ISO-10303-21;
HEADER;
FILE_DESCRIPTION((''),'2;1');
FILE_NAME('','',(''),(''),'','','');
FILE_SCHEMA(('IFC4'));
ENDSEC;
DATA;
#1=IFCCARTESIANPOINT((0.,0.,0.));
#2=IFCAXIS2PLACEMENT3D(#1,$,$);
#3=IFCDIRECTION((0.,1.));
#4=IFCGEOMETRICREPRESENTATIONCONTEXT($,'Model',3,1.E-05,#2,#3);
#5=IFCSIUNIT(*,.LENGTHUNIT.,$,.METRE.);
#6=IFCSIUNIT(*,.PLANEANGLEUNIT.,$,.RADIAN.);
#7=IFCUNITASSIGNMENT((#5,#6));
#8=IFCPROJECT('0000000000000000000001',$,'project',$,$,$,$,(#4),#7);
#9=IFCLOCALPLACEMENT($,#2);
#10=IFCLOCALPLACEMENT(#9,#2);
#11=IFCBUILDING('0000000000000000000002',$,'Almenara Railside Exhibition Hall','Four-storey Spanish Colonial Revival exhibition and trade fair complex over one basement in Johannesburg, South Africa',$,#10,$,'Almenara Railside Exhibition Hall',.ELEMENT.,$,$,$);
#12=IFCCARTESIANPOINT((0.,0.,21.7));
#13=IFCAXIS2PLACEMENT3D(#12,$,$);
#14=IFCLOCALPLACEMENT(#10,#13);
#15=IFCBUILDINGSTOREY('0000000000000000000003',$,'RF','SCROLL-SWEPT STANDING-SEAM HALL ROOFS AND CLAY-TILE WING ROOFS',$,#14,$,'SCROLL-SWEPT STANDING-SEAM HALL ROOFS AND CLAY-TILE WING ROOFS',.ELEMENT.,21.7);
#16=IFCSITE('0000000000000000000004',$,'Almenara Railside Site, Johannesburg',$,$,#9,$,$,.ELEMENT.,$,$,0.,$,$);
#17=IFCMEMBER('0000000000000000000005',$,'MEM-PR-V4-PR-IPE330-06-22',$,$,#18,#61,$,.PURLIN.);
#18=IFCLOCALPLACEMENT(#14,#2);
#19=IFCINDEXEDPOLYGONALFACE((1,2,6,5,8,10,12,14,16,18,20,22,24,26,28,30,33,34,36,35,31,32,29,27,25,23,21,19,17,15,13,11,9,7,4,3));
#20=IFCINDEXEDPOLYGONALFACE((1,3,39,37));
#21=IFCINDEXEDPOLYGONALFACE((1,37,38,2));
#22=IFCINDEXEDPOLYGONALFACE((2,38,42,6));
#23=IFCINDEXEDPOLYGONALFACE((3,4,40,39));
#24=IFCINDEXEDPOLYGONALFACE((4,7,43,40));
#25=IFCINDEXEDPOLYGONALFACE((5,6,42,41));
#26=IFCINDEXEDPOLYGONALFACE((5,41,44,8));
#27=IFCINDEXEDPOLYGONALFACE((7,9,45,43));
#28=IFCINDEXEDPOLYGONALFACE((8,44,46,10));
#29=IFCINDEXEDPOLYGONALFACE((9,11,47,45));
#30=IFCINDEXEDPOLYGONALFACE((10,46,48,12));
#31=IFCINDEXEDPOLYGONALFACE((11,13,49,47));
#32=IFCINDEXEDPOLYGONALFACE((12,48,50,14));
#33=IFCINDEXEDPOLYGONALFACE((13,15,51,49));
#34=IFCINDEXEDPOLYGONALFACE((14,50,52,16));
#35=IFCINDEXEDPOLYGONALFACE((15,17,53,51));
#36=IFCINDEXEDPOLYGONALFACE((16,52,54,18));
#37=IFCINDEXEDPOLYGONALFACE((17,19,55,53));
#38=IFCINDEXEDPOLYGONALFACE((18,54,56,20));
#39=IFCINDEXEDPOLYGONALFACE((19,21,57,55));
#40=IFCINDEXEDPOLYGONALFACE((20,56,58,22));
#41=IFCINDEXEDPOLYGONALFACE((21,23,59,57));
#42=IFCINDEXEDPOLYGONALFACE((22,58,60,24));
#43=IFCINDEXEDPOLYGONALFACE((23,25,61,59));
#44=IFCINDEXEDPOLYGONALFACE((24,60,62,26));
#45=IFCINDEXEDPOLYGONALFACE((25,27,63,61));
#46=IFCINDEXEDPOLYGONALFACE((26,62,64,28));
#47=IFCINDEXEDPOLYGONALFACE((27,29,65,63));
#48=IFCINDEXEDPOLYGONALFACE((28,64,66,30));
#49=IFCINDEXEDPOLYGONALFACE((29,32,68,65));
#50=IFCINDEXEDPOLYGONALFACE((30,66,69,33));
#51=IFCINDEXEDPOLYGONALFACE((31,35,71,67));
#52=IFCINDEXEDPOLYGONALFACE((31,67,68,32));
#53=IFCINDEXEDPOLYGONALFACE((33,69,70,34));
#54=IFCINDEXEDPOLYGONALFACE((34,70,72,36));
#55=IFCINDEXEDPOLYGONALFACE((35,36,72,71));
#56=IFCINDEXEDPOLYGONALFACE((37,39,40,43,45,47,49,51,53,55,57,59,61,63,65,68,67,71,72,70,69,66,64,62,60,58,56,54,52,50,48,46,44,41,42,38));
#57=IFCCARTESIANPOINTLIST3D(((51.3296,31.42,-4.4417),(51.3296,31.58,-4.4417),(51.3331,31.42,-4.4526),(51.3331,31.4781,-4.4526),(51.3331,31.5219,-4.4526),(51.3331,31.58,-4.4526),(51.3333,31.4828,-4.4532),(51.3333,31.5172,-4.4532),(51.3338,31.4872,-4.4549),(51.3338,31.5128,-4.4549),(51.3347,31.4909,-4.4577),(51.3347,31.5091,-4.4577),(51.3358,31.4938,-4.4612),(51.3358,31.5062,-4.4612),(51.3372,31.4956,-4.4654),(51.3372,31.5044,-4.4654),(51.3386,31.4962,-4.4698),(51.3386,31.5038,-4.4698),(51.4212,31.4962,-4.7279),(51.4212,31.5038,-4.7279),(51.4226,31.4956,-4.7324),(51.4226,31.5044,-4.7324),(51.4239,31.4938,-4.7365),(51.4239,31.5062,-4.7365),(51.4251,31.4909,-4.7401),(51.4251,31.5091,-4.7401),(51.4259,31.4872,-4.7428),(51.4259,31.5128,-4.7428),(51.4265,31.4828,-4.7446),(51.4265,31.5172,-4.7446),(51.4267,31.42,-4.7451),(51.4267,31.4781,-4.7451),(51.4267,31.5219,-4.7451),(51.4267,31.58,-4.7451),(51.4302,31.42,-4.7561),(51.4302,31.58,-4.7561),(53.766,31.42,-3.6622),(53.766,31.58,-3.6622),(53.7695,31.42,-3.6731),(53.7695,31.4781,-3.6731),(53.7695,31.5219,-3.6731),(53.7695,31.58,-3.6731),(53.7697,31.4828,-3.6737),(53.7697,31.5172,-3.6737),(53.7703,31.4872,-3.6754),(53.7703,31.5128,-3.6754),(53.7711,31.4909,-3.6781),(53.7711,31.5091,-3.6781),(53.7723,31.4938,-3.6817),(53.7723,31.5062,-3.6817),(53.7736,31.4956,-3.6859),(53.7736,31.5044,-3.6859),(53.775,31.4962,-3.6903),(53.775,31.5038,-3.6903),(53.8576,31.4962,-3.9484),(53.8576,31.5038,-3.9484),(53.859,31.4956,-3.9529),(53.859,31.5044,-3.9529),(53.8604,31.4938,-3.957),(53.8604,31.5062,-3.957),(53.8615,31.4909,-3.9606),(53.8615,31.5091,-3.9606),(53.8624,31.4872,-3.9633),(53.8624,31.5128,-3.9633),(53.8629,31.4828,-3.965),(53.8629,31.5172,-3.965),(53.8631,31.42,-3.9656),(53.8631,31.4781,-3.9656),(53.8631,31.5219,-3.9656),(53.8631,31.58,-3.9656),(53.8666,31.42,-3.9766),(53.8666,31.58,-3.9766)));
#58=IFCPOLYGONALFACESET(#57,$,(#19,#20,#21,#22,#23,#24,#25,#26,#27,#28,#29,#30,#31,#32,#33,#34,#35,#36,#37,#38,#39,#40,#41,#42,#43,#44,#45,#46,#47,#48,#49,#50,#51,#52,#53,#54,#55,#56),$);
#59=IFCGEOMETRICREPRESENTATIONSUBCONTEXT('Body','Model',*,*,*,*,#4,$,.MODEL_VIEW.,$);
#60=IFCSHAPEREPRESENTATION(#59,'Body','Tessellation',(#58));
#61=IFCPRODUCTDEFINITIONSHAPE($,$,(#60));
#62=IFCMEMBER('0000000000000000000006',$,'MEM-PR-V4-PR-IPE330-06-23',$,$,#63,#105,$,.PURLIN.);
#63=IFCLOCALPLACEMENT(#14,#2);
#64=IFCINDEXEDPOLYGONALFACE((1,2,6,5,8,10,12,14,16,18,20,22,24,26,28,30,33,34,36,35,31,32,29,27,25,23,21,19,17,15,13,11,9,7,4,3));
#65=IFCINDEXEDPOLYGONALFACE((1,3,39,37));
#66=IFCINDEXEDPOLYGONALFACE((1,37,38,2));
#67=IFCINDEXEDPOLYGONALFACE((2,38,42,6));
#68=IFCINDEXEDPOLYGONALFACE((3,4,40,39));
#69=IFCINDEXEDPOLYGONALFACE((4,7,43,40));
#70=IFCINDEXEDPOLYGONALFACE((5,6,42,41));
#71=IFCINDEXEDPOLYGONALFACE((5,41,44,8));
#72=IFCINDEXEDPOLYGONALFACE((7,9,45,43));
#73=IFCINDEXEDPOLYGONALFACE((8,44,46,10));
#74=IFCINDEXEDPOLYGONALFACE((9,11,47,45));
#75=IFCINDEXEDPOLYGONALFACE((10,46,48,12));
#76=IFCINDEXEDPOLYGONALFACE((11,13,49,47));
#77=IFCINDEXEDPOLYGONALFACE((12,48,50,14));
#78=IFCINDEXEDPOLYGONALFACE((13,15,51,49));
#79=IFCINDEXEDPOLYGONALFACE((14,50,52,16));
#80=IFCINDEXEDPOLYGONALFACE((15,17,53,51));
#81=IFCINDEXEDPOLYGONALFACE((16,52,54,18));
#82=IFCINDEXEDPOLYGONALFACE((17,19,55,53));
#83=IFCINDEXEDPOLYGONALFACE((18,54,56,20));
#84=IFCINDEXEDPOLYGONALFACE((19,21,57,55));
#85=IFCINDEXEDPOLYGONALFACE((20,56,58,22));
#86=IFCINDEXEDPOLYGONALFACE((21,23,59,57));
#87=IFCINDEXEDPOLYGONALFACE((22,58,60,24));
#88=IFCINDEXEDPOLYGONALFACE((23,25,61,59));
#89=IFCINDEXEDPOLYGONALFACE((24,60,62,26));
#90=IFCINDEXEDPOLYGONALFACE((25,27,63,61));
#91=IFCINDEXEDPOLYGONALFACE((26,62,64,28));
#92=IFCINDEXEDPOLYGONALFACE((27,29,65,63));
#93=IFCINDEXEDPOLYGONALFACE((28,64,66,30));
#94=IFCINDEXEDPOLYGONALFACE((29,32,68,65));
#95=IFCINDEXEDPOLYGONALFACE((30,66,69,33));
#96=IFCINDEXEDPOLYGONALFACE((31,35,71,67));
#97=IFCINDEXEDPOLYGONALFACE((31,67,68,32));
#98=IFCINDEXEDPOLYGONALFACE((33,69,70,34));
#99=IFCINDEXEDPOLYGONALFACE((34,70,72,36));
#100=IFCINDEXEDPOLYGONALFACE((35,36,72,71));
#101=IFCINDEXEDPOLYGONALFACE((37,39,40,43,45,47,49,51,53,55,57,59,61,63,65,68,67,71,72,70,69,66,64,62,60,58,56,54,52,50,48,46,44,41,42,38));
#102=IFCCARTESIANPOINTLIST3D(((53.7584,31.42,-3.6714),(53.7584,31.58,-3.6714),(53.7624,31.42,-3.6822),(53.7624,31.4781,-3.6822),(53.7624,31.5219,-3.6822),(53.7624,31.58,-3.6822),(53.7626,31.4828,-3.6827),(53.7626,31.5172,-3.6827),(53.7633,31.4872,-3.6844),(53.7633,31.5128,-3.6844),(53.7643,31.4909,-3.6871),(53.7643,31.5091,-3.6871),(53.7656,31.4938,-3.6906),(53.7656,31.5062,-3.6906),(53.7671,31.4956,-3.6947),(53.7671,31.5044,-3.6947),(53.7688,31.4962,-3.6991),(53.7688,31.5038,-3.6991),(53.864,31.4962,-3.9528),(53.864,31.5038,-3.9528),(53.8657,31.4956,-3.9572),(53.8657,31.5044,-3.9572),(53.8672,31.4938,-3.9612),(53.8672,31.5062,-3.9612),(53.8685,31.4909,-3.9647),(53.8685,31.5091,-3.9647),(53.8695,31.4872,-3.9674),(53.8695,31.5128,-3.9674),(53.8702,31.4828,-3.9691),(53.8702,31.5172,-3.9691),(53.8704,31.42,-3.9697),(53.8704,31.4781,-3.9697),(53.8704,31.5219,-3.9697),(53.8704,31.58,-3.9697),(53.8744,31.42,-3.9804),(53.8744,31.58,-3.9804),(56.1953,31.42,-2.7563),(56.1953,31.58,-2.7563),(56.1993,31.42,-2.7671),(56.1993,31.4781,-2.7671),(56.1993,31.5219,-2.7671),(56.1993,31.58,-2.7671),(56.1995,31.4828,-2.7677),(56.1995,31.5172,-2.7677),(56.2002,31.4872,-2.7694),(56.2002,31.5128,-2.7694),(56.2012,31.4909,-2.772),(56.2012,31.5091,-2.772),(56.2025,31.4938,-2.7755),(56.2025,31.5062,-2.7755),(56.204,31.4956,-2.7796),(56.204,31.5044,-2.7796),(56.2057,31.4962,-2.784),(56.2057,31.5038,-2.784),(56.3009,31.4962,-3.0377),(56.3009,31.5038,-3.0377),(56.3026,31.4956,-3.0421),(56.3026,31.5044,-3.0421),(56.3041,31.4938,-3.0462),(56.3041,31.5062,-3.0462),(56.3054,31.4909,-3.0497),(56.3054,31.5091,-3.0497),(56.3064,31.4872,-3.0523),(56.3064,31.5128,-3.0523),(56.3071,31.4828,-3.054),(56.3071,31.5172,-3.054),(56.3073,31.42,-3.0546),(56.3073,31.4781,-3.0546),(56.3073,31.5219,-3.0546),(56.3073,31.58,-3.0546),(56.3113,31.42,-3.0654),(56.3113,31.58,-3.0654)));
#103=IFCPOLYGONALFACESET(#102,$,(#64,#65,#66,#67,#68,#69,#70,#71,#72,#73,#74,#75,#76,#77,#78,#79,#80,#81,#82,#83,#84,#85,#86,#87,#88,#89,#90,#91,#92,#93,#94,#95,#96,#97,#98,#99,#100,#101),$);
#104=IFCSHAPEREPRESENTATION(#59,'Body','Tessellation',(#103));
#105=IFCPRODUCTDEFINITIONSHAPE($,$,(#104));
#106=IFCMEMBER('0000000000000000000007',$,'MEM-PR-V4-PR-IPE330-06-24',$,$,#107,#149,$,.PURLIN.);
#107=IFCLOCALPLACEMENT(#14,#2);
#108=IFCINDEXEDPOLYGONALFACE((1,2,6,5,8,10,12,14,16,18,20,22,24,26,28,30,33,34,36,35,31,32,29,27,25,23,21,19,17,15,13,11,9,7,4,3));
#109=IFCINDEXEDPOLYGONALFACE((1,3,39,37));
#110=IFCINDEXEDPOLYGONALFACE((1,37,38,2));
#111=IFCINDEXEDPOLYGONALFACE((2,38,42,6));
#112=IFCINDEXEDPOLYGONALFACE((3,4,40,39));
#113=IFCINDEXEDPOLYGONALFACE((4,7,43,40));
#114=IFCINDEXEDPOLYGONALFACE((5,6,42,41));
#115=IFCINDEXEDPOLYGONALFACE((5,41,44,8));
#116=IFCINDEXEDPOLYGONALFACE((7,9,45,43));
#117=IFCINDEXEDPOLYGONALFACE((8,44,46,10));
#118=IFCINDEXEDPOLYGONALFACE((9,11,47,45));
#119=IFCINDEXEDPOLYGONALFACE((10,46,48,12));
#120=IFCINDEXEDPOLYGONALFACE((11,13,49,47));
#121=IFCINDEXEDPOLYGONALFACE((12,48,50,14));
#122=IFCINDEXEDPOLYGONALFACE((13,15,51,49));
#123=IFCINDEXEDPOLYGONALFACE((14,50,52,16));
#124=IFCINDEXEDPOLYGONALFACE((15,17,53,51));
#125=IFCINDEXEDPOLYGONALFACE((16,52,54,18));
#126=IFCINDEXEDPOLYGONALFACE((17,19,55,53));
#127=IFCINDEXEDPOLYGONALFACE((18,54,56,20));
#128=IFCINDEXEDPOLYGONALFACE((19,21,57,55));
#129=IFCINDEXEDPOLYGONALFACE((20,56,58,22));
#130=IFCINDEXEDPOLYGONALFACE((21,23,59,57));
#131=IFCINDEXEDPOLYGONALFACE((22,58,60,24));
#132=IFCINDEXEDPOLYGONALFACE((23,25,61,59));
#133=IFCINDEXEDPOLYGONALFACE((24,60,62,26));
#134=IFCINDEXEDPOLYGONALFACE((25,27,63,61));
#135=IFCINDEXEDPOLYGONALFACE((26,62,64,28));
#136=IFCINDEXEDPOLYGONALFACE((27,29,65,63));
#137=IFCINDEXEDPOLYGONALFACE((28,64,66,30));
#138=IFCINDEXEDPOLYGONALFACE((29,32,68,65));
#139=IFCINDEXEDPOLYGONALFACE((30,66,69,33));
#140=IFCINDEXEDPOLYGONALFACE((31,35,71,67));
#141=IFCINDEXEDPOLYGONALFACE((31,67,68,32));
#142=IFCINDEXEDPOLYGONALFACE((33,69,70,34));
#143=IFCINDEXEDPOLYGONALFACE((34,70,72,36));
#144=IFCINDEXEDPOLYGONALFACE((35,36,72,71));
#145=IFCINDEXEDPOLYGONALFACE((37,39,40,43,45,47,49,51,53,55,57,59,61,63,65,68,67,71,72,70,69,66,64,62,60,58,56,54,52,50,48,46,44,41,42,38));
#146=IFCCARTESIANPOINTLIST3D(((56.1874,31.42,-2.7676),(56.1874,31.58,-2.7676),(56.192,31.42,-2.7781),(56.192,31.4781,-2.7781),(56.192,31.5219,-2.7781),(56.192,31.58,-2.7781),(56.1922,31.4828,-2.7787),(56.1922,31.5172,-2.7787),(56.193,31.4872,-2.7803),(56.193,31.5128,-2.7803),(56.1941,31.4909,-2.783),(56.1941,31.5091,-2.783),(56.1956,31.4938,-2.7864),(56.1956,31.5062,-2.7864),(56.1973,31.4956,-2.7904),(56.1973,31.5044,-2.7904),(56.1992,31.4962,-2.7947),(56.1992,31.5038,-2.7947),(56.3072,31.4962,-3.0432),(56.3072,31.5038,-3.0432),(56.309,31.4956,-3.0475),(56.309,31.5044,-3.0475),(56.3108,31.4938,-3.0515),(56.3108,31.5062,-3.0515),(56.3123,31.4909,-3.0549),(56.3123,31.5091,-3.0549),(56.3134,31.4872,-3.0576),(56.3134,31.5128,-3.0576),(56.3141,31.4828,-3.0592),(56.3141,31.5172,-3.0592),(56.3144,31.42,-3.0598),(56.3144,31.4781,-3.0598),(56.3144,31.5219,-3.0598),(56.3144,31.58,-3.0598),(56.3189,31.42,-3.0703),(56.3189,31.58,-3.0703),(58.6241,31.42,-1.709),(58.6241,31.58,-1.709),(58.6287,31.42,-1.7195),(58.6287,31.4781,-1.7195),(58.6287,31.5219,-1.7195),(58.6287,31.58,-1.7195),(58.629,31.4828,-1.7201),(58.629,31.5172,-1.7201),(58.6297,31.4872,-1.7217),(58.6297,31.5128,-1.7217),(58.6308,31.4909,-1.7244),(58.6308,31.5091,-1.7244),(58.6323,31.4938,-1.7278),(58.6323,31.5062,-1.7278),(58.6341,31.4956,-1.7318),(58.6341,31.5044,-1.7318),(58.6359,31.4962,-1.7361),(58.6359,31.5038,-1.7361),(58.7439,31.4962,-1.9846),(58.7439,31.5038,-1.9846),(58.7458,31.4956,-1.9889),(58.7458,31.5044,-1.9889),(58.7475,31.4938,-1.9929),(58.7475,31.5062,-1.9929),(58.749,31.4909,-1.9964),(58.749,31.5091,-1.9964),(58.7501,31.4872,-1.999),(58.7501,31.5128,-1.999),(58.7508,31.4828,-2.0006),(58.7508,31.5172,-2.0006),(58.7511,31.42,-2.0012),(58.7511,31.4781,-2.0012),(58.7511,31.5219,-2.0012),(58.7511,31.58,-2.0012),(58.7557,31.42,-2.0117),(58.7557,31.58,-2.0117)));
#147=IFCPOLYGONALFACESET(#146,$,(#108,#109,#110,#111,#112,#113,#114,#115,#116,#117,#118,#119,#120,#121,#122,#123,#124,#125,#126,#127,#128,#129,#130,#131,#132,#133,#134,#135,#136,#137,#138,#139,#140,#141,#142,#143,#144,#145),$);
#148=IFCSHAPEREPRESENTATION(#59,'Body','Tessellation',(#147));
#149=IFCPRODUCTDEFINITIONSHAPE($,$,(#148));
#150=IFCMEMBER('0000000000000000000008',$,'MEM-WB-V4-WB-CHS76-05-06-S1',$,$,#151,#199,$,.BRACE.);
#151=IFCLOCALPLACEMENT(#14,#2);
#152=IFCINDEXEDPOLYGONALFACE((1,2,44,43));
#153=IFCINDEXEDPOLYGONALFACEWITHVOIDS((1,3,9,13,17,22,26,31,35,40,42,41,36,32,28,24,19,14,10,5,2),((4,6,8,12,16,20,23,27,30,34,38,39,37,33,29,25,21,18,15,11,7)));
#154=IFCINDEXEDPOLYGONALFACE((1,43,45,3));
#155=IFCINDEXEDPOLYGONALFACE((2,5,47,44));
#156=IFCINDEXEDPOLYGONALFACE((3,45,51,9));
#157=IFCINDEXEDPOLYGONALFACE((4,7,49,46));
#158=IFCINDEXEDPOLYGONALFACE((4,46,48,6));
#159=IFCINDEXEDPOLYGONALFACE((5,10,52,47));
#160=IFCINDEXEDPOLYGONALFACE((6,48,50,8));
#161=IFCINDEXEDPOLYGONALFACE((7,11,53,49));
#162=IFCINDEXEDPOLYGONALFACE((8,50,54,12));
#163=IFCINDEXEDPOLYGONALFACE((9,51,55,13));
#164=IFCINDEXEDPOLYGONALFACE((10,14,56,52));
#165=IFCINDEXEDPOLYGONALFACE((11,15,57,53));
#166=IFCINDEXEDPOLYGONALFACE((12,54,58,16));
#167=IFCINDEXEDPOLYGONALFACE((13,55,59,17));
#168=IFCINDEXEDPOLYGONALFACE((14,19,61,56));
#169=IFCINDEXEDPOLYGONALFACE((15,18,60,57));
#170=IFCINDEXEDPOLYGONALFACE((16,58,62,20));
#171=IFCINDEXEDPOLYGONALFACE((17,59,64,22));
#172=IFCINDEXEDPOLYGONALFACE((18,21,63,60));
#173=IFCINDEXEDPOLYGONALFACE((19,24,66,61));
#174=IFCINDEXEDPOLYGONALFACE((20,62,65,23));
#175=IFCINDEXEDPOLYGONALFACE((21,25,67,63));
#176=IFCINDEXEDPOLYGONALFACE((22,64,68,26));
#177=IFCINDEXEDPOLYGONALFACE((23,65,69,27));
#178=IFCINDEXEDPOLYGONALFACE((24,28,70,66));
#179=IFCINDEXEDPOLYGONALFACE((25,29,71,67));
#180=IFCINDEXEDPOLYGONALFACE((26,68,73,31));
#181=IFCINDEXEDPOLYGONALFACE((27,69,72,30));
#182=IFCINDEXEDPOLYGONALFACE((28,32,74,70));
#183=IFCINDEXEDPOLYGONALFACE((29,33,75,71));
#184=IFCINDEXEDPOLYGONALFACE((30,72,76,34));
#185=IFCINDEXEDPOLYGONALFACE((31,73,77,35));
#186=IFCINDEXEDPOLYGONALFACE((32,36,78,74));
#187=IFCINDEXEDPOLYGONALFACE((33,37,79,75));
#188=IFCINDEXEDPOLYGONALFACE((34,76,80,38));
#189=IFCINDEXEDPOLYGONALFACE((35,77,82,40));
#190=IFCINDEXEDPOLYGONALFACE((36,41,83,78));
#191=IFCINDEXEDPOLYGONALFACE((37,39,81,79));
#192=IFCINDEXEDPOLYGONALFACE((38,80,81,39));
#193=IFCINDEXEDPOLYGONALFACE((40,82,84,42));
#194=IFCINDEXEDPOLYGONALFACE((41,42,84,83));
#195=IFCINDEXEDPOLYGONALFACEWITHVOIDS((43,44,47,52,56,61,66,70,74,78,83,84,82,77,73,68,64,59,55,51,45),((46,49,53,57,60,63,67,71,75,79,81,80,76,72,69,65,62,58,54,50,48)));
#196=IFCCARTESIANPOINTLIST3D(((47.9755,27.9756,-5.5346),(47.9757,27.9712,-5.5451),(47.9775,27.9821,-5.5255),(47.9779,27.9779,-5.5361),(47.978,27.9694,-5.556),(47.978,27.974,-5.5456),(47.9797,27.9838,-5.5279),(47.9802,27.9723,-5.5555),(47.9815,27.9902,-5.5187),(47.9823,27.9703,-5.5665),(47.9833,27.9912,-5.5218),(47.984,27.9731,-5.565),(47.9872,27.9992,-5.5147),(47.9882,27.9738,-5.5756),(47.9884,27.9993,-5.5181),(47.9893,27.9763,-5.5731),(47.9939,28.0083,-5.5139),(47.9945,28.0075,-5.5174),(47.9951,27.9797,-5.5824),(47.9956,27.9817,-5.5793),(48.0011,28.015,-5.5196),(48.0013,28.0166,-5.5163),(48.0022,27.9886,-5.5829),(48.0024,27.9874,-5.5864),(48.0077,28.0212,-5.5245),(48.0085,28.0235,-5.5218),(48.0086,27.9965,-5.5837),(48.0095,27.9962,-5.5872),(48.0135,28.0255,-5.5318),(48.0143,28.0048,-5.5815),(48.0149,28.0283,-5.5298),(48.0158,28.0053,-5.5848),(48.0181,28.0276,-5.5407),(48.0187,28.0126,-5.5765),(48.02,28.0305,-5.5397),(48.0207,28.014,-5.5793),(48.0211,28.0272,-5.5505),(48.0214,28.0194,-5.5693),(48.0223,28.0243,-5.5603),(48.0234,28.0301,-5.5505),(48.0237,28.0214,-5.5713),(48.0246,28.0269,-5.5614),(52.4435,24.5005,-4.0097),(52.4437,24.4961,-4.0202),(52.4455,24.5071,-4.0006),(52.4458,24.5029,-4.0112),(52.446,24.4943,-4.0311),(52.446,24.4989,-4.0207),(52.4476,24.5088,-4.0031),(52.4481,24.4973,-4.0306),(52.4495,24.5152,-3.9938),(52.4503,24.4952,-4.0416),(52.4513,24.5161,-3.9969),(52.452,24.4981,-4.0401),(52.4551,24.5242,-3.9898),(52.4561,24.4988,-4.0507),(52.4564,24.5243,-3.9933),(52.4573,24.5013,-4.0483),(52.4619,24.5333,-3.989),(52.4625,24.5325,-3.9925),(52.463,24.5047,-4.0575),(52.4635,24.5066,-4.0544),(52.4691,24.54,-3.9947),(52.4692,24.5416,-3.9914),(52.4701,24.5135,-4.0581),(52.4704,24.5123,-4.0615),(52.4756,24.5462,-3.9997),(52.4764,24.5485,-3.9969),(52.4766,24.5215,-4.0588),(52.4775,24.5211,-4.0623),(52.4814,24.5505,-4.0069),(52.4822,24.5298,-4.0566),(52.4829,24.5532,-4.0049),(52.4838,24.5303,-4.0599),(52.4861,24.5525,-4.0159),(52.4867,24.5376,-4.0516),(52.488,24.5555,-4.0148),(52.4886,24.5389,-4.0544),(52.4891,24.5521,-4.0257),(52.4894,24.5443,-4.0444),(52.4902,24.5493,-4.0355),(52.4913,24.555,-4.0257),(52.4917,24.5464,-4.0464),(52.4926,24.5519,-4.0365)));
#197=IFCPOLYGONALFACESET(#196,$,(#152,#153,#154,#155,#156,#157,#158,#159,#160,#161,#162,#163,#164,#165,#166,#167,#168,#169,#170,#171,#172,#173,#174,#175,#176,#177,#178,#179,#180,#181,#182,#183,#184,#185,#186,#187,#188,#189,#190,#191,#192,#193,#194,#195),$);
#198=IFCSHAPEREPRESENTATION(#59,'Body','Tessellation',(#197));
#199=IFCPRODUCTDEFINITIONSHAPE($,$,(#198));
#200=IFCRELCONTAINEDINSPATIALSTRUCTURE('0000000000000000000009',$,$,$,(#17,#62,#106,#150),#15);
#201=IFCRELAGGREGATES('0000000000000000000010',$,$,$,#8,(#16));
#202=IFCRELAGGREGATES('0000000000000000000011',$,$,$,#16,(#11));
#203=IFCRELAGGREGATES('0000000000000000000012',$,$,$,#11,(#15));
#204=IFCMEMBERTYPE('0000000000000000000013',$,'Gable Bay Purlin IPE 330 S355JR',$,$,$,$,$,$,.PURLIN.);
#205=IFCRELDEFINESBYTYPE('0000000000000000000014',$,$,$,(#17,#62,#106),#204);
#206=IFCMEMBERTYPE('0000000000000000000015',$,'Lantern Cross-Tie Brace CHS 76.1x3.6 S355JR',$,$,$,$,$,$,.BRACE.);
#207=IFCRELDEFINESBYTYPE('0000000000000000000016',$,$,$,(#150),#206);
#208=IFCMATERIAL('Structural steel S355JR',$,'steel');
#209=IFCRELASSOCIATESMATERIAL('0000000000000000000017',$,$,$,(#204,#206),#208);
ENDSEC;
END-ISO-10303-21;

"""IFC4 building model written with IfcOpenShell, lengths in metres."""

from ifc_helpers import new_model, si_unit, direction, frame, origin, origin_2d, place, context, subcontext, project, spatial, hollow_circle, i_section, extrude, material, material_profile, profile_set, type_object, element, save


model = new_model("IFC4")

# Units and contexts
model_context = context("Model", 3, precision=1e-05, world=origin(), true_north=direction((0.0, 1.0)))
body_context = subcontext(model_context, "Body", "Model", "MODEL_VIEW")
ifc_project = project(units=[si_unit("LENGTHUNIT", "METRE"), si_unit("PLANEANGLEUNIT", "RADIAN")], contexts=[model_context])

# Site, building, storey
site_placement = place(None, origin())
site = spatial("IfcSite", under=ifc_project, at=site_placement, Name="Almenara Railside Site, Johannesburg", CompositionType="ELEMENT", RefElevation=0.0)
building_placement = place(site_placement, origin())
building = spatial("IfcBuilding", under=site, at=building_placement, Name="Almenara Railside Exhibition Hall", Description="Four-storey Spanish Colonial Revival exhibition and trade fair complex over one basement in Johannesburg, South Africa", LongName="Almenara Railside Exhibition Hall", CompositionType="ELEMENT")
storey_placement = place(building_placement, frame((0.0, 0.0, 21.7)))
storey = spatial("IfcBuildingStorey", under=building, at=storey_placement, Name="RF", Description="SCROLL-SWEPT STANDING-SEAM HALL ROOFS AND CLAY-TILE WING ROOFS", LongName="SCROLL-SWEPT STANDING-SEAM HALL ROOFS AND CLAY-TILE WING ROOFS", CompositionType="ELEMENT", Elevation=21.7)

# Members
ifc_material_1 = material(Name="Structural steel S355JR", Category="steel")
ifc_material_profile_1 = material_profile(ifc_material_1, i_section(OverallWidth=0.1599, OverallDepth=0.3301, WebThickness=0.0076, FlangeThickness=0.0115, FilletRadius=0.0181, at=origin_2d()), Name="IPE 330")
ifc_profile_set_1 = profile_set([ifc_material_profile_1], Name="Structural steel S355JR")
member_type_1 = type_object("IfcMemberType", Name="Gable Bay Purlin IPE 330 S355JR", PredefinedType="PURLIN", material=ifc_profile_set_1)
member_1_placement = place(storey_placement, frame((51.3799, 31.5, -4.5989), z_axis=(0.952441, 0.0, 0.304724), x_axis=(0.0, 1.0, 0.0)))
element("IfcMember", 1, at=member_1_placement, inside=storey, type_object=member_type_1, Name="MEM-PR-V4-PR-IPE330-06-22", PredefinedType="PURLIN", context=body_context, shape_type="SweptSolid", body=[
    extrude(i_section(OverallWidth=0.1599, OverallDepth=0.3301, WebThickness=0.0076, FlangeThickness=0.0115, FilletRadius=0.0181, at=origin_2d()), origin(), (0.0, 0.0, 1.0), 2.5581),
])
member_2_placement = place(storey_placement, frame((53.8164, 31.5, -3.8259), z_axis=(0.936171, 0.0, 0.351545), x_axis=(0.0, 1.0, 0.0)))
element("IfcMember", 2, at=member_2_placement, inside=storey, type_object=member_type_1, Name="MEM-PR-V4-PR-IPE330-06-23", PredefinedType="PURLIN", context=body_context, shape_type="SweptSolid", body=[
    extrude(i_section(OverallWidth=0.1599, OverallDepth=0.3301, WebThickness=0.0076, FlangeThickness=0.0115, FilletRadius=0.0181, at=origin_2d()), origin(), (0.0, 0.0, 1.0), 2.603),
])
member_3_placement = place(storey_placement, frame((56.2532, 31.5, -2.9189), z_axis=(0.91719, 0.0, 0.398451), x_axis=(0.0, 1.0, 0.0)))
element("IfcMember", 3, at=member_3_placement, inside=storey, type_object=member_type_1, Name="MEM-PR-V4-PR-IPE330-06-24", PredefinedType="PURLIN", context=body_context, shape_type="SweptSolid", body=[
    extrude(i_section(OverallWidth=0.1599, OverallDepth=0.3301, WebThickness=0.0076, FlangeThickness=0.0115, FilletRadius=0.0181, at=origin_2d()), origin(), (0.0, 0.0, 1.0), 2.6567),
])
ifc_material_profile_2 = material_profile(ifc_material_1, hollow_circle(Radius=0.0381, WallThickness=0.0037, at=origin_2d()), Name="CHS 76.1x3.6")
ifc_profile_set_2 = profile_set([ifc_material_profile_2], Name="Structural steel S355JR")
member_type_2 = type_object("IfcMemberType", Name="Lantern Cross-Tie Brace CHS 76.1x3.6 S355JR", PredefinedType="BRACE", material=ifc_profile_set_2)
member_4_placement = place(storey_placement, frame((48.0, 28.0, -5.5505), z_axis=(0.762181, -0.592803, 0.260127), x_axis=(0.613938, 0.789355, 0.0)))
element("IfcMember", 4, at=member_4_placement, inside=storey, type_object=member_type_2, Name="MEM-WB-V4-WB-CHS76-05-06-S1", PredefinedType="BRACE", context=body_context, shape_type="SweptSolid", body=[
    extrude(hollow_circle(Radius=0.0381, WallThickness=0.0037, at=origin_2d()), origin(), (0.0, 0.0, 1.0), 5.8621),
])

save(model, "model.ifc")
